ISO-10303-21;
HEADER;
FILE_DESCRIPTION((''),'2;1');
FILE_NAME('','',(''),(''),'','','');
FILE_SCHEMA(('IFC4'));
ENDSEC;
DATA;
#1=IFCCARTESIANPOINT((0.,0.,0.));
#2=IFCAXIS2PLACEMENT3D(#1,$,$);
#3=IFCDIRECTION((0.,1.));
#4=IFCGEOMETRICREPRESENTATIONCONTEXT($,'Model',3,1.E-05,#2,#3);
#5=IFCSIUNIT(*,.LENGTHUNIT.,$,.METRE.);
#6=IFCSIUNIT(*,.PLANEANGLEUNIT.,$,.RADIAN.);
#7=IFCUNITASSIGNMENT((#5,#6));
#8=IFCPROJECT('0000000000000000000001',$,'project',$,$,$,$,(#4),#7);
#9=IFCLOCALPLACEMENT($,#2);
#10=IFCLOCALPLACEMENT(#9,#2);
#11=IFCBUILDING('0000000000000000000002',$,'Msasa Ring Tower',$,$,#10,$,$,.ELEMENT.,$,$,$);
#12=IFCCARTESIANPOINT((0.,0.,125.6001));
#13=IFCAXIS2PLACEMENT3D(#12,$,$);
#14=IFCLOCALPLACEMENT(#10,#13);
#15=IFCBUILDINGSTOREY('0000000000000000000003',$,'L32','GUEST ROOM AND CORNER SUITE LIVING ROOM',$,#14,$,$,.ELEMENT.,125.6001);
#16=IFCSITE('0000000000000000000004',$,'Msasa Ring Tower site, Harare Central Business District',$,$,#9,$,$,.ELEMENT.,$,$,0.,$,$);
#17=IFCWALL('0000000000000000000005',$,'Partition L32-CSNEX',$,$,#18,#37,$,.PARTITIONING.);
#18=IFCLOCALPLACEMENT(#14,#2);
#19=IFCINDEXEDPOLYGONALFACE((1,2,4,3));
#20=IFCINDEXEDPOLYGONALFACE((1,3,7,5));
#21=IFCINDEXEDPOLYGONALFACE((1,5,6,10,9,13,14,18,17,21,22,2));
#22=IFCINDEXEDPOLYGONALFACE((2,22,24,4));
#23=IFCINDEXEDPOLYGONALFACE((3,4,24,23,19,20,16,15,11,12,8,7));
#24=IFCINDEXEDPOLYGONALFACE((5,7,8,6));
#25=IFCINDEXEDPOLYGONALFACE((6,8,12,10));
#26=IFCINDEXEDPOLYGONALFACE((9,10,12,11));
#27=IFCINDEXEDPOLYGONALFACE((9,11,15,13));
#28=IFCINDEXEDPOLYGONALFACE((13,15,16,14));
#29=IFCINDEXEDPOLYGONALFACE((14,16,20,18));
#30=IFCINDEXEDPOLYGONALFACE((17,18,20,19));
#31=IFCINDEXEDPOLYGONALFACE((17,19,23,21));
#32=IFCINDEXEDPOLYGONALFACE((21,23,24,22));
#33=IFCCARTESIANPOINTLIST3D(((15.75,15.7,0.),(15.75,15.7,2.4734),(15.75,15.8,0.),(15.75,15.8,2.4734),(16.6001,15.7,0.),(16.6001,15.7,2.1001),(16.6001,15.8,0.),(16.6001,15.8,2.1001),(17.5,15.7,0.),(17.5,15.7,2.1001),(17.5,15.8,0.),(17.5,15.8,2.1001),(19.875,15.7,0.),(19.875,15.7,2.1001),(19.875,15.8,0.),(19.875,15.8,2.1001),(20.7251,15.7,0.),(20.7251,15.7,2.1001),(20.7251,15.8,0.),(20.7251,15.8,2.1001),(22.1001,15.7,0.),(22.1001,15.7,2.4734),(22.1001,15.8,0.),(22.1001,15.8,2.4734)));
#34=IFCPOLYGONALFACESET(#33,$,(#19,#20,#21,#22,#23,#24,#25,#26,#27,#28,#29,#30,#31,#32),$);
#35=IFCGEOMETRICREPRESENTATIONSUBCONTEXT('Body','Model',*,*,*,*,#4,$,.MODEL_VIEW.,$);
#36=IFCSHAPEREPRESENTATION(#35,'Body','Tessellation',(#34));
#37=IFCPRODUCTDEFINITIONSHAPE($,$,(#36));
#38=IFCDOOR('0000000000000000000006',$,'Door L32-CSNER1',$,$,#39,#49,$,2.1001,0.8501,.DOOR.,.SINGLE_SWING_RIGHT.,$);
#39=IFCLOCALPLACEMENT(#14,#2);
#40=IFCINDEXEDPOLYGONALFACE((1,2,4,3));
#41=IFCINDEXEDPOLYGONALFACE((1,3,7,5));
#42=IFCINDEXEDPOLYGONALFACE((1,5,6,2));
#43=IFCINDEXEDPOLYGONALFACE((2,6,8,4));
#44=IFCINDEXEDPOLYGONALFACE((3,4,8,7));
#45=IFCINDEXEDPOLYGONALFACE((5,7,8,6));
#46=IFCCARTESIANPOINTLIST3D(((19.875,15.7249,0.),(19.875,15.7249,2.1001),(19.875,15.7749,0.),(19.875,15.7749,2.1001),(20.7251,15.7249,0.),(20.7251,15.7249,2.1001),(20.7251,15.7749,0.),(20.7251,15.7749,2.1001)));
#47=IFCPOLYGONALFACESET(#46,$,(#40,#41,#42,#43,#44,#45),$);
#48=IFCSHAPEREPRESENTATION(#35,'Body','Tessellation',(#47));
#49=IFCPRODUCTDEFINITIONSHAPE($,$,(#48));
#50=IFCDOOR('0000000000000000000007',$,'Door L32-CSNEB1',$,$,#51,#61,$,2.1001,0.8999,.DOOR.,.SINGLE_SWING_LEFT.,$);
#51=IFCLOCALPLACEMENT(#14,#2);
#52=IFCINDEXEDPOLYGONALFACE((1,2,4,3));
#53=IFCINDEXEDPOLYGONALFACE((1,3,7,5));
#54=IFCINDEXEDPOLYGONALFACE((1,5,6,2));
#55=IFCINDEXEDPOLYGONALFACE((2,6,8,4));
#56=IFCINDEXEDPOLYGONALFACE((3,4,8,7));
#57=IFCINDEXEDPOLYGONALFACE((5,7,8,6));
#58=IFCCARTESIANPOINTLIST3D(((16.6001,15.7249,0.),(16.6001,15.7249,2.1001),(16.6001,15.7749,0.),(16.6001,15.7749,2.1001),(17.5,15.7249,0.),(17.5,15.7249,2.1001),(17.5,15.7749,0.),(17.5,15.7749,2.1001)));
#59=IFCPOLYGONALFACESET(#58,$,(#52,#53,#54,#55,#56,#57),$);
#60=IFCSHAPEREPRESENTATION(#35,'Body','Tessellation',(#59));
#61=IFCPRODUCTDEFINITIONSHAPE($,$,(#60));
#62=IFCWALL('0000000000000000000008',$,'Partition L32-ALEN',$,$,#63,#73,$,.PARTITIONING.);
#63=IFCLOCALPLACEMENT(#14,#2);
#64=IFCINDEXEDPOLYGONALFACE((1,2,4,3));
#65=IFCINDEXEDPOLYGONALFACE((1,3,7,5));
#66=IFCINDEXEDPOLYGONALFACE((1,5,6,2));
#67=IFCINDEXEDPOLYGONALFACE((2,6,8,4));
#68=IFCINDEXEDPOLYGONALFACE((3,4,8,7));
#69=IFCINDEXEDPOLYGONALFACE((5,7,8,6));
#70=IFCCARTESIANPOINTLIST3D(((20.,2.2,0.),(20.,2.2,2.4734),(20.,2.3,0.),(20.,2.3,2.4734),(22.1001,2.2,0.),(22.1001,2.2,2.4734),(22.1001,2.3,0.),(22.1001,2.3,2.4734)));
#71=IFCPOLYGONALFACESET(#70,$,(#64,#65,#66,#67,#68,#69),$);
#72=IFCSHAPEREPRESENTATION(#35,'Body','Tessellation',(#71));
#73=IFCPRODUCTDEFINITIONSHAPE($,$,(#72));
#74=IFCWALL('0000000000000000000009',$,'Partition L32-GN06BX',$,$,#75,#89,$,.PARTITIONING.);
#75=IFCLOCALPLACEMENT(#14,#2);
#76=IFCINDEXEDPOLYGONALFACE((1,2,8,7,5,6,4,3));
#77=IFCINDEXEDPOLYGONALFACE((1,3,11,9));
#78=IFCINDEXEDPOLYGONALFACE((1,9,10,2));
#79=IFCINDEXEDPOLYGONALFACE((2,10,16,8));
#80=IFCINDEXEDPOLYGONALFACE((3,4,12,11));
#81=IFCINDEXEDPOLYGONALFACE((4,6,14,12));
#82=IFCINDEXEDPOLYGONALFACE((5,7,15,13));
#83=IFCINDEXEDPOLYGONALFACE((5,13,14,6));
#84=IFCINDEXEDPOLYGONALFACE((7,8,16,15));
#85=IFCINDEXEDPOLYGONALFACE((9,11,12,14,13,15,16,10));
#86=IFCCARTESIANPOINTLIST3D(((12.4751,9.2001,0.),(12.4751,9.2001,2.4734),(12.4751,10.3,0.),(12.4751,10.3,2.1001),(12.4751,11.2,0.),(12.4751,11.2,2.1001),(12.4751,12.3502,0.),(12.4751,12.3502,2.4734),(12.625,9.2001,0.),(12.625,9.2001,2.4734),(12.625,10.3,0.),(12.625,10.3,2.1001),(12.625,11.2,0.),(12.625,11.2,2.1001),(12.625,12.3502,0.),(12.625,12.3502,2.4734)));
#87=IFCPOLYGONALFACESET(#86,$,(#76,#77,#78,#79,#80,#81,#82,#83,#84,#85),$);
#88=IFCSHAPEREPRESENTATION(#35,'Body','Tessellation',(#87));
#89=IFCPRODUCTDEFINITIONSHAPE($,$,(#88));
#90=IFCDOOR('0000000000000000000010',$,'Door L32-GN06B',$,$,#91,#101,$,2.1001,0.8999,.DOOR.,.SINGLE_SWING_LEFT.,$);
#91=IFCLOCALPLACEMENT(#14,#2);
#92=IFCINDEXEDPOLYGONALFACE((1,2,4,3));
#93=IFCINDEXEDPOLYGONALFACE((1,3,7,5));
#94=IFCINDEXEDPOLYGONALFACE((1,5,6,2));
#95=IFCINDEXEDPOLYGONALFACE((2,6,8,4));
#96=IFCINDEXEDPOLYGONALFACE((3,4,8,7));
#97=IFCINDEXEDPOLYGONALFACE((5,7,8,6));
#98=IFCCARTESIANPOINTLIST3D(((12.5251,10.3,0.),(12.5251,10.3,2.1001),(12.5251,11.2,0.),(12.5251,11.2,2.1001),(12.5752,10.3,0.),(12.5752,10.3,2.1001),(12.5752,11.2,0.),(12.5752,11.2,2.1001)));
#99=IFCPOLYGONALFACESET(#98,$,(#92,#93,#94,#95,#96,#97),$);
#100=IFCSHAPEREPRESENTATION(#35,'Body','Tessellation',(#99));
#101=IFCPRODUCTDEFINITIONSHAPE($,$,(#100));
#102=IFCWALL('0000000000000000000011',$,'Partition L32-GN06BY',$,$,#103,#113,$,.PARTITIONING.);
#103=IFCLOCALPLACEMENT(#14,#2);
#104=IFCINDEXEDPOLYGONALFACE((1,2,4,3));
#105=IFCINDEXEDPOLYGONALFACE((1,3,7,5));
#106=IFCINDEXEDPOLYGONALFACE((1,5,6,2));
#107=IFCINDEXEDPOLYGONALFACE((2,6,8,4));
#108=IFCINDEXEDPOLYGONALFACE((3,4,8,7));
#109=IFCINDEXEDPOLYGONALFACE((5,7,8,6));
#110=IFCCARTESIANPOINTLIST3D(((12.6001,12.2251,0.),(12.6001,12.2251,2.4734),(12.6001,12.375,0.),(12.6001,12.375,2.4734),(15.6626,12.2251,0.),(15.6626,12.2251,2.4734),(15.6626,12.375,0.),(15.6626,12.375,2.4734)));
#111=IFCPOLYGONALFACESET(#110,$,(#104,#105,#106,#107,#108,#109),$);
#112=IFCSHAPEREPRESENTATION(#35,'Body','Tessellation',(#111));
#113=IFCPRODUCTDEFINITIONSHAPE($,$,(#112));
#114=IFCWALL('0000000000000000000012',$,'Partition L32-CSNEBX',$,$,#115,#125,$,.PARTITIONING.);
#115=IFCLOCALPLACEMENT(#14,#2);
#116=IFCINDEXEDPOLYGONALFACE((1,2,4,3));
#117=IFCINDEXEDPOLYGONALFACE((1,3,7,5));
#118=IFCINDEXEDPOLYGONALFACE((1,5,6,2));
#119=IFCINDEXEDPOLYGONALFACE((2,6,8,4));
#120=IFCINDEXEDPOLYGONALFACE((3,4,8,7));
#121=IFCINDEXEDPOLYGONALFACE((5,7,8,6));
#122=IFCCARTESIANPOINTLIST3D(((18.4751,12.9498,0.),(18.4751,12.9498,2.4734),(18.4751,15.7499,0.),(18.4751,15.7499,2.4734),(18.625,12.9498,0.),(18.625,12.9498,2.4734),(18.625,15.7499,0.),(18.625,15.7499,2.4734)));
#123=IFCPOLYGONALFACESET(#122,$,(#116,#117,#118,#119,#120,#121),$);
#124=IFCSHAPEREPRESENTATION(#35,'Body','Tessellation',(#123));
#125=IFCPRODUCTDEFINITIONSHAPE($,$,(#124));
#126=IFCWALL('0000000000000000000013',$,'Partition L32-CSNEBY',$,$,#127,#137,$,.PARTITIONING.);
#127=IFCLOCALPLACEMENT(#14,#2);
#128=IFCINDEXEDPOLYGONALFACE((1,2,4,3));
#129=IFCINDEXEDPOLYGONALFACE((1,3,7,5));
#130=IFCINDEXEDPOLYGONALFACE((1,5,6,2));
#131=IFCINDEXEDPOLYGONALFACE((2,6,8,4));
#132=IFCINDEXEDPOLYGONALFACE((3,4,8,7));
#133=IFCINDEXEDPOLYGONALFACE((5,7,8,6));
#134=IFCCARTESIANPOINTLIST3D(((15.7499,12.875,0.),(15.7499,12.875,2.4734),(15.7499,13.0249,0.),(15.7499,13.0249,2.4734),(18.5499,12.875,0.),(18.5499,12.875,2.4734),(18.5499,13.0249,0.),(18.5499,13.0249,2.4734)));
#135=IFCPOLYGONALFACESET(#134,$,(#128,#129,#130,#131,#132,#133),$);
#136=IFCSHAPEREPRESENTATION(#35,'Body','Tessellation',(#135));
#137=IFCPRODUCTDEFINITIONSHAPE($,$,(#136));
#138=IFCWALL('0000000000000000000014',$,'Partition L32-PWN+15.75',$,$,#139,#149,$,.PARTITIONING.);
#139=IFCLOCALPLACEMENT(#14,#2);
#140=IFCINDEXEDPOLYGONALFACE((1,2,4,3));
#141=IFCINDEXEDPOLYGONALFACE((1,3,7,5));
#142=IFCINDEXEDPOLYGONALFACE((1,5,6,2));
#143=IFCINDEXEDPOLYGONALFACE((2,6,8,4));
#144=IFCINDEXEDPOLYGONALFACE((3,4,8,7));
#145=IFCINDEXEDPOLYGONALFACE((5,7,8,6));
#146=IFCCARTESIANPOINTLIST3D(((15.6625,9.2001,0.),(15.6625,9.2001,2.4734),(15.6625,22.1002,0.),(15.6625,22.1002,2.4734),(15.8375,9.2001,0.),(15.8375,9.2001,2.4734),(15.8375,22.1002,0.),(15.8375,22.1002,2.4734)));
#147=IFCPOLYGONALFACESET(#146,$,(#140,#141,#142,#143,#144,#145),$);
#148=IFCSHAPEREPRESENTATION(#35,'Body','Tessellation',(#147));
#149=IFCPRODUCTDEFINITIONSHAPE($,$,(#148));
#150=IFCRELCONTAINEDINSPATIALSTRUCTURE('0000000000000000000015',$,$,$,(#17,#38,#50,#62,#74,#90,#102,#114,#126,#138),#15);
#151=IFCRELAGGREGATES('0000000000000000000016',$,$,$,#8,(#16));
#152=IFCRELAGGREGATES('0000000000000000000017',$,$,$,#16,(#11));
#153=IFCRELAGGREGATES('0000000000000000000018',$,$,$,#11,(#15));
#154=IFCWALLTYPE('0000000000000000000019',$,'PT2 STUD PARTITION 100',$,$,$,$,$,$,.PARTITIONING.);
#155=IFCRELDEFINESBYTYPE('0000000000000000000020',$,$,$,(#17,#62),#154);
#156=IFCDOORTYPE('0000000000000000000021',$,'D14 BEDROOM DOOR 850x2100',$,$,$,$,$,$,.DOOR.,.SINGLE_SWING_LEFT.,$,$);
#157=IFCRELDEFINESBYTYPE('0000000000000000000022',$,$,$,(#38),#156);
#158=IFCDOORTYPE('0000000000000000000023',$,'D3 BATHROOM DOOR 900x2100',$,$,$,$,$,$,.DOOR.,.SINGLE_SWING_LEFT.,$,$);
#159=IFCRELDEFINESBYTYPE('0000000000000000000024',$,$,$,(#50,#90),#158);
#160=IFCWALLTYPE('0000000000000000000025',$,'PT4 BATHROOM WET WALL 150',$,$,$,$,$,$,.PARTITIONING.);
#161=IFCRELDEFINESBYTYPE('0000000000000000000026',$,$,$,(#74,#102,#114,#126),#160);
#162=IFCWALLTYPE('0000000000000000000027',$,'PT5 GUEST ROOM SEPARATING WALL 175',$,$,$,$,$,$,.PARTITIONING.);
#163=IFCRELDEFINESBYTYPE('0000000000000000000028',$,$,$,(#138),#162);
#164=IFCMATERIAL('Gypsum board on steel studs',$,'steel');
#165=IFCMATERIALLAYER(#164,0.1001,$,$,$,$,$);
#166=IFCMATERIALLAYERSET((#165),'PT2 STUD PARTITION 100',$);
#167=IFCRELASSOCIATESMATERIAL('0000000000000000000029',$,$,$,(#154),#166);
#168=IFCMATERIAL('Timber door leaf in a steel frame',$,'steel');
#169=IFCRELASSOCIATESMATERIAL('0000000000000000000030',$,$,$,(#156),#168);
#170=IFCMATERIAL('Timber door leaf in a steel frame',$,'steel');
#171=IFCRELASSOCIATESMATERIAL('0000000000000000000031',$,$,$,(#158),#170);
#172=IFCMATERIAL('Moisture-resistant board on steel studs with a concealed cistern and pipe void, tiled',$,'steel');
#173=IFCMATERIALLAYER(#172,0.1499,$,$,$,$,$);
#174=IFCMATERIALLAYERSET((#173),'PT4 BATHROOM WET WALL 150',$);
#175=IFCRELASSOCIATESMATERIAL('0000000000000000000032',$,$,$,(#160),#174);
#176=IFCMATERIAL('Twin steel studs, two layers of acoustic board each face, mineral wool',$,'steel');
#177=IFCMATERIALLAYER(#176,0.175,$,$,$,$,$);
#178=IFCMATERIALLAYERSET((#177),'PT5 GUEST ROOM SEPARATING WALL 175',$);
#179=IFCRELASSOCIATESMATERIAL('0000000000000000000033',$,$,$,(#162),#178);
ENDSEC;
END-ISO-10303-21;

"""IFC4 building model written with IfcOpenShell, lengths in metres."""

from ifc_helpers import new_model, si_unit, direction, frame, frame_2d, origin, place, context, subcontext, project, spatial, rectangle, extrude, material, layer, layer_set, type_object, element, fill, save


model = new_model("IFC4")

# Units and contexts
model_context = context("Model", 3, precision=1e-05, world=origin(), true_north=direction((0.0, 1.0)))
body_context = subcontext(model_context, "Body", "Model", "MODEL_VIEW")
ifc_project = project(units=[si_unit("LENGTHUNIT", "METRE"), si_unit("PLANEANGLEUNIT", "RADIAN")], contexts=[model_context])

# Site, building, storey
site_placement = place(None, origin())
site = spatial("IfcSite", under=ifc_project, at=site_placement, Name="Msasa Ring Tower site, Harare Central Business District", CompositionType="ELEMENT", RefElevation=0.0)
building_placement = place(site_placement, origin())
building = spatial("IfcBuilding", under=site, at=building_placement, Name="Msasa Ring Tower", CompositionType="ELEMENT")
storey_placement = place(building_placement, frame((0.0, 0.0, 125.6001)))
storey = spatial("IfcBuildingStorey", under=building, at=storey_placement, Name="L32", Description="GUEST ROOM AND CORNER SUITE LIVING ROOM", CompositionType="ELEMENT", Elevation=125.6001)

# Wall, openings, doors
ifc_material_1 = material(Name="Gypsum board on steel studs", Category="steel")
ifc_layer_1 = layer(ifc_material_1, 0.1001)
ifc_layer_set_1 = layer_set([ifc_layer_1], Name="PT2 STUD PARTITION 100")
wall_type_1 = type_object("IfcWallType", Name="PT2 STUD PARTITION 100", PredefinedType="PARTITIONING", material=ifc_layer_set_1)
wall_1_placement = place(storey_placement, frame((15.75, 15.75, 0.0), z_axis=(0.0, 0.0, 1.0), x_axis=(1.0, 0.0, 0.0)))
wall_1 = element("IfcWall", 1, at=wall_1_placement, inside=storey, type_object=wall_type_1, Name="Partition L32-CSNEX", PredefinedType="PARTITIONING", context=body_context, shape_type="SweptSolid", body=[
    extrude(rectangle(XDim=6.3501, YDim=0.1001, at=frame_2d((3.175, 0.0))), origin(), (0.0, 0.0, 1.0), 2.4734),
])
opening_1_placement = place(wall_1_placement, frame((4.125, 0.0, 0.0)))
opening_1 = element("IfcOpeningElement", 2, at=opening_1_placement, cuts=wall_1, PredefinedType="OPENING", context=body_context, shape_type="SweptSolid", body=[
    extrude(rectangle(XDim=0.8501, YDim=2.1001, at=frame_2d((0.425, 1.05))), frame((0.0, 0.0601, 0.0), z_axis=(0.0, -1.0, 0.0), x_axis=(1.0, 0.0, 0.0)), (0.0, 0.0, 1.0), 0.1201),
])
opening_2_placement = place(wall_1_placement, frame((0.8501, 0.0, 0.0)))
opening_2 = element("IfcOpeningElement", 3, at=opening_2_placement, cuts=wall_1, PredefinedType="OPENING", context=body_context, shape_type="SweptSolid", body=[
    extrude(rectangle(XDim=0.8999, YDim=2.1001, at=frame_2d((0.45, 1.05))), frame((0.0, 0.0601, 0.0), z_axis=(0.0, -1.0, 0.0), x_axis=(1.0, 0.0, 0.0)), (0.0, 0.0, 1.0), 0.1201),
])
ifc_material_2 = material(Name="Timber door leaf in a steel frame", Category="steel")
door_type_1 = type_object("IfcDoorType", Name="D14 BEDROOM DOOR 850x2100", OperationType="SINGLE_SWING_LEFT", PredefinedType="DOOR", material=ifc_material_2)
door_1_placement = place(opening_1_placement, origin())
door_1 = element("IfcDoor", 4, at=door_1_placement, inside=storey, type_object=door_type_1, Name="Door L32-CSNER1", OperationType="SINGLE_SWING_RIGHT", OverallHeight=2.1001, OverallWidth=0.8501, PredefinedType="DOOR", context=body_context, shape_type="SweptSolid", body=[
    extrude(rectangle(XDim=0.8501, YDim=2.1001, at=frame_2d((0.425, 1.05))), frame((0.0, 0.0249, 0.0), z_axis=(0.0, -1.0, 0.0), x_axis=(1.0, 0.0, 0.0)), (0.0, 0.0, 1.0), 0.05),
])
fill(opening_1, door_1)
ifc_material_3 = material(Name="Timber door leaf in a steel frame", Category="steel")
door_type_2 = type_object("IfcDoorType", Name="D3 BATHROOM DOOR 900x2100", OperationType="SINGLE_SWING_LEFT", PredefinedType="DOOR", material=ifc_material_3)
door_2_placement = place(opening_2_placement, origin())
door_2 = element("IfcDoor", 5, at=door_2_placement, inside=storey, type_object=door_type_2, Name="Door L32-CSNEB1", OperationType="SINGLE_SWING_LEFT", OverallHeight=2.1001, OverallWidth=0.8999, PredefinedType="DOOR", context=body_context, shape_type="SweptSolid", body=[
    extrude(rectangle(XDim=0.8999, YDim=2.1001, at=frame_2d((0.45, 1.05))), frame((0.0, 0.0249, 0.0), z_axis=(0.0, -1.0, 0.0), x_axis=(1.0, 0.0, 0.0)), (0.0, 0.0, 1.0), 0.05),
])
fill(opening_2, door_2)

# Wall
wall_2_placement = place(storey_placement, frame((20.0, 2.25, 0.0), z_axis=(0.0, 0.0, 1.0), x_axis=(1.0, 0.0, 0.0)))
element("IfcWall", 6, at=wall_2_placement, inside=storey, type_object=wall_type_1, Name="Partition L32-ALEN", PredefinedType="PARTITIONING", context=body_context, shape_type="SweptSolid", body=[
    extrude(rectangle(XDim=2.1001, YDim=0.1001, at=frame_2d((1.05, 0.0))), origin(), (0.0, 0.0, 1.0), 2.4734),
])

# Wall, opening, door
ifc_material_4 = material(Name="Moisture-resistant board on steel studs with a concealed cistern and pipe void, tiled", Category="steel")
ifc_layer_2 = layer(ifc_material_4, 0.1499)
ifc_layer_set_2 = layer_set([ifc_layer_2], Name="PT4 BATHROOM WET WALL 150")
wall_type_2 = type_object("IfcWallType", Name="PT4 BATHROOM WET WALL 150", PredefinedType="PARTITIONING", material=ifc_layer_set_2)
wall_3_placement = place(storey_placement, frame((12.55, 9.2, 0.0), z_axis=(0.0, 0.0, 1.0), x_axis=(0.0, 1.0, 0.0)))
wall_3 = element("IfcWall", 7, at=wall_3_placement, inside=storey, type_object=wall_type_2, Name="Partition L32-GN06BX", PredefinedType="PARTITIONING", context=body_context, shape_type="SweptSolid", body=[
    extrude(rectangle(XDim=3.1501, YDim=0.1499, at=frame_2d((1.5752, 0.0))), origin(), (0.0, 0.0, 1.0), 2.4734),
])
opening_3_placement = place(wall_3_placement, frame((1.1001, 0.0, 0.0)))
opening_3 = element("IfcOpeningElement", 8, at=opening_3_placement, cuts=wall_3, PredefinedType="OPENING", context=body_context, shape_type="SweptSolid", body=[
    extrude(rectangle(XDim=0.8999, YDim=2.1001, at=frame_2d((0.45, 1.05))), frame((0.0, 0.085, 0.0), z_axis=(0.0, -1.0, 0.0), x_axis=(1.0, 0.0, 0.0)), (0.0, 0.0, 1.0), 0.1699),
])
door_3_placement = place(opening_3_placement, origin())
door_3 = element("IfcDoor", 9, at=door_3_placement, inside=storey, type_object=door_type_2, Name="Door L32-GN06B", OperationType="SINGLE_SWING_LEFT", OverallHeight=2.1001, OverallWidth=0.8999, PredefinedType="DOOR", context=body_context, shape_type="SweptSolid", body=[
    extrude(rectangle(XDim=0.8999, YDim=2.1001, at=frame_2d((0.45, 1.05))), frame((0.0, 0.0249, 0.0), z_axis=(0.0, -1.0, 0.0), x_axis=(1.0, 0.0, 0.0)), (0.0, 0.0, 1.0), 0.05),
])
fill(opening_3, door_3)

# Walls
wall_4_placement = place(storey_placement, frame((12.6001, 12.3, 0.0), z_axis=(0.0, 0.0, 1.0), x_axis=(1.0, 0.0, 0.0)))
element("IfcWall", 10, at=wall_4_placement, inside=storey, type_object=wall_type_2, Name="Partition L32-GN06BY", PredefinedType="PARTITIONING", context=body_context, shape_type="SweptSolid", body=[
    extrude(rectangle(XDim=3.0625, YDim=0.1499, at=frame_2d((1.5312, 0.0))), origin(), (0.0, 0.0, 1.0), 2.4734),
])
for number, where, z_axis, x_axis, name in (
    (11, (18.55, 12.95, 0.0), (0.0, 0.0, 1.0), (0.0, 1.0, 0.0), "Partition L32-CSNEBX"),
    (12, (15.75, 12.95, 0.0), (0.0, 0.0, 1.0), (1.0, 0.0, 0.0), "Partition L32-CSNEBY"),
):
    element("IfcWall", number, at=place(storey_placement, frame(where, z_axis=z_axis, x_axis=x_axis)), inside=storey, type_object=wall_type_2, Name=name, PredefinedType="PARTITIONING", context=body_context, shape_type="SweptSolid", body=[
        extrude(rectangle(XDim=2.8, YDim=0.1499, at=frame_2d((1.3999, 0.0))), origin(), (0.0, 0.0, 1.0), 2.4734),
    ])
ifc_material_5 = material(Name="Twin steel studs, two layers of acoustic board each face, mineral wool", Category="steel")
ifc_layer_3 = layer(ifc_material_5, 0.175)
ifc_layer_set_3 = layer_set([ifc_layer_3], Name="PT5 GUEST ROOM SEPARATING WALL 175")
wall_type_3 = type_object("IfcWallType", Name="PT5 GUEST ROOM SEPARATING WALL 175", PredefinedType="PARTITIONING", material=ifc_layer_set_3)
wall_5_placement = place(storey_placement, frame((15.75, 9.2, 0.0), z_axis=(0.0, 0.0, 1.0), x_axis=(0.0, 1.0, 0.0)))
element("IfcWall", 13, at=wall_5_placement, inside=storey, type_object=wall_type_3, Name="Partition L32-PWN+15.75", PredefinedType="PARTITIONING", context=body_context, shape_type="SweptSolid", body=[
    extrude(rectangle(XDim=12.9001, YDim=0.175, at=frame_2d((6.4502, 0.0))), origin(), (0.0, 0.0, 1.0), 2.4734),
])

save(model, "model.ifc")
